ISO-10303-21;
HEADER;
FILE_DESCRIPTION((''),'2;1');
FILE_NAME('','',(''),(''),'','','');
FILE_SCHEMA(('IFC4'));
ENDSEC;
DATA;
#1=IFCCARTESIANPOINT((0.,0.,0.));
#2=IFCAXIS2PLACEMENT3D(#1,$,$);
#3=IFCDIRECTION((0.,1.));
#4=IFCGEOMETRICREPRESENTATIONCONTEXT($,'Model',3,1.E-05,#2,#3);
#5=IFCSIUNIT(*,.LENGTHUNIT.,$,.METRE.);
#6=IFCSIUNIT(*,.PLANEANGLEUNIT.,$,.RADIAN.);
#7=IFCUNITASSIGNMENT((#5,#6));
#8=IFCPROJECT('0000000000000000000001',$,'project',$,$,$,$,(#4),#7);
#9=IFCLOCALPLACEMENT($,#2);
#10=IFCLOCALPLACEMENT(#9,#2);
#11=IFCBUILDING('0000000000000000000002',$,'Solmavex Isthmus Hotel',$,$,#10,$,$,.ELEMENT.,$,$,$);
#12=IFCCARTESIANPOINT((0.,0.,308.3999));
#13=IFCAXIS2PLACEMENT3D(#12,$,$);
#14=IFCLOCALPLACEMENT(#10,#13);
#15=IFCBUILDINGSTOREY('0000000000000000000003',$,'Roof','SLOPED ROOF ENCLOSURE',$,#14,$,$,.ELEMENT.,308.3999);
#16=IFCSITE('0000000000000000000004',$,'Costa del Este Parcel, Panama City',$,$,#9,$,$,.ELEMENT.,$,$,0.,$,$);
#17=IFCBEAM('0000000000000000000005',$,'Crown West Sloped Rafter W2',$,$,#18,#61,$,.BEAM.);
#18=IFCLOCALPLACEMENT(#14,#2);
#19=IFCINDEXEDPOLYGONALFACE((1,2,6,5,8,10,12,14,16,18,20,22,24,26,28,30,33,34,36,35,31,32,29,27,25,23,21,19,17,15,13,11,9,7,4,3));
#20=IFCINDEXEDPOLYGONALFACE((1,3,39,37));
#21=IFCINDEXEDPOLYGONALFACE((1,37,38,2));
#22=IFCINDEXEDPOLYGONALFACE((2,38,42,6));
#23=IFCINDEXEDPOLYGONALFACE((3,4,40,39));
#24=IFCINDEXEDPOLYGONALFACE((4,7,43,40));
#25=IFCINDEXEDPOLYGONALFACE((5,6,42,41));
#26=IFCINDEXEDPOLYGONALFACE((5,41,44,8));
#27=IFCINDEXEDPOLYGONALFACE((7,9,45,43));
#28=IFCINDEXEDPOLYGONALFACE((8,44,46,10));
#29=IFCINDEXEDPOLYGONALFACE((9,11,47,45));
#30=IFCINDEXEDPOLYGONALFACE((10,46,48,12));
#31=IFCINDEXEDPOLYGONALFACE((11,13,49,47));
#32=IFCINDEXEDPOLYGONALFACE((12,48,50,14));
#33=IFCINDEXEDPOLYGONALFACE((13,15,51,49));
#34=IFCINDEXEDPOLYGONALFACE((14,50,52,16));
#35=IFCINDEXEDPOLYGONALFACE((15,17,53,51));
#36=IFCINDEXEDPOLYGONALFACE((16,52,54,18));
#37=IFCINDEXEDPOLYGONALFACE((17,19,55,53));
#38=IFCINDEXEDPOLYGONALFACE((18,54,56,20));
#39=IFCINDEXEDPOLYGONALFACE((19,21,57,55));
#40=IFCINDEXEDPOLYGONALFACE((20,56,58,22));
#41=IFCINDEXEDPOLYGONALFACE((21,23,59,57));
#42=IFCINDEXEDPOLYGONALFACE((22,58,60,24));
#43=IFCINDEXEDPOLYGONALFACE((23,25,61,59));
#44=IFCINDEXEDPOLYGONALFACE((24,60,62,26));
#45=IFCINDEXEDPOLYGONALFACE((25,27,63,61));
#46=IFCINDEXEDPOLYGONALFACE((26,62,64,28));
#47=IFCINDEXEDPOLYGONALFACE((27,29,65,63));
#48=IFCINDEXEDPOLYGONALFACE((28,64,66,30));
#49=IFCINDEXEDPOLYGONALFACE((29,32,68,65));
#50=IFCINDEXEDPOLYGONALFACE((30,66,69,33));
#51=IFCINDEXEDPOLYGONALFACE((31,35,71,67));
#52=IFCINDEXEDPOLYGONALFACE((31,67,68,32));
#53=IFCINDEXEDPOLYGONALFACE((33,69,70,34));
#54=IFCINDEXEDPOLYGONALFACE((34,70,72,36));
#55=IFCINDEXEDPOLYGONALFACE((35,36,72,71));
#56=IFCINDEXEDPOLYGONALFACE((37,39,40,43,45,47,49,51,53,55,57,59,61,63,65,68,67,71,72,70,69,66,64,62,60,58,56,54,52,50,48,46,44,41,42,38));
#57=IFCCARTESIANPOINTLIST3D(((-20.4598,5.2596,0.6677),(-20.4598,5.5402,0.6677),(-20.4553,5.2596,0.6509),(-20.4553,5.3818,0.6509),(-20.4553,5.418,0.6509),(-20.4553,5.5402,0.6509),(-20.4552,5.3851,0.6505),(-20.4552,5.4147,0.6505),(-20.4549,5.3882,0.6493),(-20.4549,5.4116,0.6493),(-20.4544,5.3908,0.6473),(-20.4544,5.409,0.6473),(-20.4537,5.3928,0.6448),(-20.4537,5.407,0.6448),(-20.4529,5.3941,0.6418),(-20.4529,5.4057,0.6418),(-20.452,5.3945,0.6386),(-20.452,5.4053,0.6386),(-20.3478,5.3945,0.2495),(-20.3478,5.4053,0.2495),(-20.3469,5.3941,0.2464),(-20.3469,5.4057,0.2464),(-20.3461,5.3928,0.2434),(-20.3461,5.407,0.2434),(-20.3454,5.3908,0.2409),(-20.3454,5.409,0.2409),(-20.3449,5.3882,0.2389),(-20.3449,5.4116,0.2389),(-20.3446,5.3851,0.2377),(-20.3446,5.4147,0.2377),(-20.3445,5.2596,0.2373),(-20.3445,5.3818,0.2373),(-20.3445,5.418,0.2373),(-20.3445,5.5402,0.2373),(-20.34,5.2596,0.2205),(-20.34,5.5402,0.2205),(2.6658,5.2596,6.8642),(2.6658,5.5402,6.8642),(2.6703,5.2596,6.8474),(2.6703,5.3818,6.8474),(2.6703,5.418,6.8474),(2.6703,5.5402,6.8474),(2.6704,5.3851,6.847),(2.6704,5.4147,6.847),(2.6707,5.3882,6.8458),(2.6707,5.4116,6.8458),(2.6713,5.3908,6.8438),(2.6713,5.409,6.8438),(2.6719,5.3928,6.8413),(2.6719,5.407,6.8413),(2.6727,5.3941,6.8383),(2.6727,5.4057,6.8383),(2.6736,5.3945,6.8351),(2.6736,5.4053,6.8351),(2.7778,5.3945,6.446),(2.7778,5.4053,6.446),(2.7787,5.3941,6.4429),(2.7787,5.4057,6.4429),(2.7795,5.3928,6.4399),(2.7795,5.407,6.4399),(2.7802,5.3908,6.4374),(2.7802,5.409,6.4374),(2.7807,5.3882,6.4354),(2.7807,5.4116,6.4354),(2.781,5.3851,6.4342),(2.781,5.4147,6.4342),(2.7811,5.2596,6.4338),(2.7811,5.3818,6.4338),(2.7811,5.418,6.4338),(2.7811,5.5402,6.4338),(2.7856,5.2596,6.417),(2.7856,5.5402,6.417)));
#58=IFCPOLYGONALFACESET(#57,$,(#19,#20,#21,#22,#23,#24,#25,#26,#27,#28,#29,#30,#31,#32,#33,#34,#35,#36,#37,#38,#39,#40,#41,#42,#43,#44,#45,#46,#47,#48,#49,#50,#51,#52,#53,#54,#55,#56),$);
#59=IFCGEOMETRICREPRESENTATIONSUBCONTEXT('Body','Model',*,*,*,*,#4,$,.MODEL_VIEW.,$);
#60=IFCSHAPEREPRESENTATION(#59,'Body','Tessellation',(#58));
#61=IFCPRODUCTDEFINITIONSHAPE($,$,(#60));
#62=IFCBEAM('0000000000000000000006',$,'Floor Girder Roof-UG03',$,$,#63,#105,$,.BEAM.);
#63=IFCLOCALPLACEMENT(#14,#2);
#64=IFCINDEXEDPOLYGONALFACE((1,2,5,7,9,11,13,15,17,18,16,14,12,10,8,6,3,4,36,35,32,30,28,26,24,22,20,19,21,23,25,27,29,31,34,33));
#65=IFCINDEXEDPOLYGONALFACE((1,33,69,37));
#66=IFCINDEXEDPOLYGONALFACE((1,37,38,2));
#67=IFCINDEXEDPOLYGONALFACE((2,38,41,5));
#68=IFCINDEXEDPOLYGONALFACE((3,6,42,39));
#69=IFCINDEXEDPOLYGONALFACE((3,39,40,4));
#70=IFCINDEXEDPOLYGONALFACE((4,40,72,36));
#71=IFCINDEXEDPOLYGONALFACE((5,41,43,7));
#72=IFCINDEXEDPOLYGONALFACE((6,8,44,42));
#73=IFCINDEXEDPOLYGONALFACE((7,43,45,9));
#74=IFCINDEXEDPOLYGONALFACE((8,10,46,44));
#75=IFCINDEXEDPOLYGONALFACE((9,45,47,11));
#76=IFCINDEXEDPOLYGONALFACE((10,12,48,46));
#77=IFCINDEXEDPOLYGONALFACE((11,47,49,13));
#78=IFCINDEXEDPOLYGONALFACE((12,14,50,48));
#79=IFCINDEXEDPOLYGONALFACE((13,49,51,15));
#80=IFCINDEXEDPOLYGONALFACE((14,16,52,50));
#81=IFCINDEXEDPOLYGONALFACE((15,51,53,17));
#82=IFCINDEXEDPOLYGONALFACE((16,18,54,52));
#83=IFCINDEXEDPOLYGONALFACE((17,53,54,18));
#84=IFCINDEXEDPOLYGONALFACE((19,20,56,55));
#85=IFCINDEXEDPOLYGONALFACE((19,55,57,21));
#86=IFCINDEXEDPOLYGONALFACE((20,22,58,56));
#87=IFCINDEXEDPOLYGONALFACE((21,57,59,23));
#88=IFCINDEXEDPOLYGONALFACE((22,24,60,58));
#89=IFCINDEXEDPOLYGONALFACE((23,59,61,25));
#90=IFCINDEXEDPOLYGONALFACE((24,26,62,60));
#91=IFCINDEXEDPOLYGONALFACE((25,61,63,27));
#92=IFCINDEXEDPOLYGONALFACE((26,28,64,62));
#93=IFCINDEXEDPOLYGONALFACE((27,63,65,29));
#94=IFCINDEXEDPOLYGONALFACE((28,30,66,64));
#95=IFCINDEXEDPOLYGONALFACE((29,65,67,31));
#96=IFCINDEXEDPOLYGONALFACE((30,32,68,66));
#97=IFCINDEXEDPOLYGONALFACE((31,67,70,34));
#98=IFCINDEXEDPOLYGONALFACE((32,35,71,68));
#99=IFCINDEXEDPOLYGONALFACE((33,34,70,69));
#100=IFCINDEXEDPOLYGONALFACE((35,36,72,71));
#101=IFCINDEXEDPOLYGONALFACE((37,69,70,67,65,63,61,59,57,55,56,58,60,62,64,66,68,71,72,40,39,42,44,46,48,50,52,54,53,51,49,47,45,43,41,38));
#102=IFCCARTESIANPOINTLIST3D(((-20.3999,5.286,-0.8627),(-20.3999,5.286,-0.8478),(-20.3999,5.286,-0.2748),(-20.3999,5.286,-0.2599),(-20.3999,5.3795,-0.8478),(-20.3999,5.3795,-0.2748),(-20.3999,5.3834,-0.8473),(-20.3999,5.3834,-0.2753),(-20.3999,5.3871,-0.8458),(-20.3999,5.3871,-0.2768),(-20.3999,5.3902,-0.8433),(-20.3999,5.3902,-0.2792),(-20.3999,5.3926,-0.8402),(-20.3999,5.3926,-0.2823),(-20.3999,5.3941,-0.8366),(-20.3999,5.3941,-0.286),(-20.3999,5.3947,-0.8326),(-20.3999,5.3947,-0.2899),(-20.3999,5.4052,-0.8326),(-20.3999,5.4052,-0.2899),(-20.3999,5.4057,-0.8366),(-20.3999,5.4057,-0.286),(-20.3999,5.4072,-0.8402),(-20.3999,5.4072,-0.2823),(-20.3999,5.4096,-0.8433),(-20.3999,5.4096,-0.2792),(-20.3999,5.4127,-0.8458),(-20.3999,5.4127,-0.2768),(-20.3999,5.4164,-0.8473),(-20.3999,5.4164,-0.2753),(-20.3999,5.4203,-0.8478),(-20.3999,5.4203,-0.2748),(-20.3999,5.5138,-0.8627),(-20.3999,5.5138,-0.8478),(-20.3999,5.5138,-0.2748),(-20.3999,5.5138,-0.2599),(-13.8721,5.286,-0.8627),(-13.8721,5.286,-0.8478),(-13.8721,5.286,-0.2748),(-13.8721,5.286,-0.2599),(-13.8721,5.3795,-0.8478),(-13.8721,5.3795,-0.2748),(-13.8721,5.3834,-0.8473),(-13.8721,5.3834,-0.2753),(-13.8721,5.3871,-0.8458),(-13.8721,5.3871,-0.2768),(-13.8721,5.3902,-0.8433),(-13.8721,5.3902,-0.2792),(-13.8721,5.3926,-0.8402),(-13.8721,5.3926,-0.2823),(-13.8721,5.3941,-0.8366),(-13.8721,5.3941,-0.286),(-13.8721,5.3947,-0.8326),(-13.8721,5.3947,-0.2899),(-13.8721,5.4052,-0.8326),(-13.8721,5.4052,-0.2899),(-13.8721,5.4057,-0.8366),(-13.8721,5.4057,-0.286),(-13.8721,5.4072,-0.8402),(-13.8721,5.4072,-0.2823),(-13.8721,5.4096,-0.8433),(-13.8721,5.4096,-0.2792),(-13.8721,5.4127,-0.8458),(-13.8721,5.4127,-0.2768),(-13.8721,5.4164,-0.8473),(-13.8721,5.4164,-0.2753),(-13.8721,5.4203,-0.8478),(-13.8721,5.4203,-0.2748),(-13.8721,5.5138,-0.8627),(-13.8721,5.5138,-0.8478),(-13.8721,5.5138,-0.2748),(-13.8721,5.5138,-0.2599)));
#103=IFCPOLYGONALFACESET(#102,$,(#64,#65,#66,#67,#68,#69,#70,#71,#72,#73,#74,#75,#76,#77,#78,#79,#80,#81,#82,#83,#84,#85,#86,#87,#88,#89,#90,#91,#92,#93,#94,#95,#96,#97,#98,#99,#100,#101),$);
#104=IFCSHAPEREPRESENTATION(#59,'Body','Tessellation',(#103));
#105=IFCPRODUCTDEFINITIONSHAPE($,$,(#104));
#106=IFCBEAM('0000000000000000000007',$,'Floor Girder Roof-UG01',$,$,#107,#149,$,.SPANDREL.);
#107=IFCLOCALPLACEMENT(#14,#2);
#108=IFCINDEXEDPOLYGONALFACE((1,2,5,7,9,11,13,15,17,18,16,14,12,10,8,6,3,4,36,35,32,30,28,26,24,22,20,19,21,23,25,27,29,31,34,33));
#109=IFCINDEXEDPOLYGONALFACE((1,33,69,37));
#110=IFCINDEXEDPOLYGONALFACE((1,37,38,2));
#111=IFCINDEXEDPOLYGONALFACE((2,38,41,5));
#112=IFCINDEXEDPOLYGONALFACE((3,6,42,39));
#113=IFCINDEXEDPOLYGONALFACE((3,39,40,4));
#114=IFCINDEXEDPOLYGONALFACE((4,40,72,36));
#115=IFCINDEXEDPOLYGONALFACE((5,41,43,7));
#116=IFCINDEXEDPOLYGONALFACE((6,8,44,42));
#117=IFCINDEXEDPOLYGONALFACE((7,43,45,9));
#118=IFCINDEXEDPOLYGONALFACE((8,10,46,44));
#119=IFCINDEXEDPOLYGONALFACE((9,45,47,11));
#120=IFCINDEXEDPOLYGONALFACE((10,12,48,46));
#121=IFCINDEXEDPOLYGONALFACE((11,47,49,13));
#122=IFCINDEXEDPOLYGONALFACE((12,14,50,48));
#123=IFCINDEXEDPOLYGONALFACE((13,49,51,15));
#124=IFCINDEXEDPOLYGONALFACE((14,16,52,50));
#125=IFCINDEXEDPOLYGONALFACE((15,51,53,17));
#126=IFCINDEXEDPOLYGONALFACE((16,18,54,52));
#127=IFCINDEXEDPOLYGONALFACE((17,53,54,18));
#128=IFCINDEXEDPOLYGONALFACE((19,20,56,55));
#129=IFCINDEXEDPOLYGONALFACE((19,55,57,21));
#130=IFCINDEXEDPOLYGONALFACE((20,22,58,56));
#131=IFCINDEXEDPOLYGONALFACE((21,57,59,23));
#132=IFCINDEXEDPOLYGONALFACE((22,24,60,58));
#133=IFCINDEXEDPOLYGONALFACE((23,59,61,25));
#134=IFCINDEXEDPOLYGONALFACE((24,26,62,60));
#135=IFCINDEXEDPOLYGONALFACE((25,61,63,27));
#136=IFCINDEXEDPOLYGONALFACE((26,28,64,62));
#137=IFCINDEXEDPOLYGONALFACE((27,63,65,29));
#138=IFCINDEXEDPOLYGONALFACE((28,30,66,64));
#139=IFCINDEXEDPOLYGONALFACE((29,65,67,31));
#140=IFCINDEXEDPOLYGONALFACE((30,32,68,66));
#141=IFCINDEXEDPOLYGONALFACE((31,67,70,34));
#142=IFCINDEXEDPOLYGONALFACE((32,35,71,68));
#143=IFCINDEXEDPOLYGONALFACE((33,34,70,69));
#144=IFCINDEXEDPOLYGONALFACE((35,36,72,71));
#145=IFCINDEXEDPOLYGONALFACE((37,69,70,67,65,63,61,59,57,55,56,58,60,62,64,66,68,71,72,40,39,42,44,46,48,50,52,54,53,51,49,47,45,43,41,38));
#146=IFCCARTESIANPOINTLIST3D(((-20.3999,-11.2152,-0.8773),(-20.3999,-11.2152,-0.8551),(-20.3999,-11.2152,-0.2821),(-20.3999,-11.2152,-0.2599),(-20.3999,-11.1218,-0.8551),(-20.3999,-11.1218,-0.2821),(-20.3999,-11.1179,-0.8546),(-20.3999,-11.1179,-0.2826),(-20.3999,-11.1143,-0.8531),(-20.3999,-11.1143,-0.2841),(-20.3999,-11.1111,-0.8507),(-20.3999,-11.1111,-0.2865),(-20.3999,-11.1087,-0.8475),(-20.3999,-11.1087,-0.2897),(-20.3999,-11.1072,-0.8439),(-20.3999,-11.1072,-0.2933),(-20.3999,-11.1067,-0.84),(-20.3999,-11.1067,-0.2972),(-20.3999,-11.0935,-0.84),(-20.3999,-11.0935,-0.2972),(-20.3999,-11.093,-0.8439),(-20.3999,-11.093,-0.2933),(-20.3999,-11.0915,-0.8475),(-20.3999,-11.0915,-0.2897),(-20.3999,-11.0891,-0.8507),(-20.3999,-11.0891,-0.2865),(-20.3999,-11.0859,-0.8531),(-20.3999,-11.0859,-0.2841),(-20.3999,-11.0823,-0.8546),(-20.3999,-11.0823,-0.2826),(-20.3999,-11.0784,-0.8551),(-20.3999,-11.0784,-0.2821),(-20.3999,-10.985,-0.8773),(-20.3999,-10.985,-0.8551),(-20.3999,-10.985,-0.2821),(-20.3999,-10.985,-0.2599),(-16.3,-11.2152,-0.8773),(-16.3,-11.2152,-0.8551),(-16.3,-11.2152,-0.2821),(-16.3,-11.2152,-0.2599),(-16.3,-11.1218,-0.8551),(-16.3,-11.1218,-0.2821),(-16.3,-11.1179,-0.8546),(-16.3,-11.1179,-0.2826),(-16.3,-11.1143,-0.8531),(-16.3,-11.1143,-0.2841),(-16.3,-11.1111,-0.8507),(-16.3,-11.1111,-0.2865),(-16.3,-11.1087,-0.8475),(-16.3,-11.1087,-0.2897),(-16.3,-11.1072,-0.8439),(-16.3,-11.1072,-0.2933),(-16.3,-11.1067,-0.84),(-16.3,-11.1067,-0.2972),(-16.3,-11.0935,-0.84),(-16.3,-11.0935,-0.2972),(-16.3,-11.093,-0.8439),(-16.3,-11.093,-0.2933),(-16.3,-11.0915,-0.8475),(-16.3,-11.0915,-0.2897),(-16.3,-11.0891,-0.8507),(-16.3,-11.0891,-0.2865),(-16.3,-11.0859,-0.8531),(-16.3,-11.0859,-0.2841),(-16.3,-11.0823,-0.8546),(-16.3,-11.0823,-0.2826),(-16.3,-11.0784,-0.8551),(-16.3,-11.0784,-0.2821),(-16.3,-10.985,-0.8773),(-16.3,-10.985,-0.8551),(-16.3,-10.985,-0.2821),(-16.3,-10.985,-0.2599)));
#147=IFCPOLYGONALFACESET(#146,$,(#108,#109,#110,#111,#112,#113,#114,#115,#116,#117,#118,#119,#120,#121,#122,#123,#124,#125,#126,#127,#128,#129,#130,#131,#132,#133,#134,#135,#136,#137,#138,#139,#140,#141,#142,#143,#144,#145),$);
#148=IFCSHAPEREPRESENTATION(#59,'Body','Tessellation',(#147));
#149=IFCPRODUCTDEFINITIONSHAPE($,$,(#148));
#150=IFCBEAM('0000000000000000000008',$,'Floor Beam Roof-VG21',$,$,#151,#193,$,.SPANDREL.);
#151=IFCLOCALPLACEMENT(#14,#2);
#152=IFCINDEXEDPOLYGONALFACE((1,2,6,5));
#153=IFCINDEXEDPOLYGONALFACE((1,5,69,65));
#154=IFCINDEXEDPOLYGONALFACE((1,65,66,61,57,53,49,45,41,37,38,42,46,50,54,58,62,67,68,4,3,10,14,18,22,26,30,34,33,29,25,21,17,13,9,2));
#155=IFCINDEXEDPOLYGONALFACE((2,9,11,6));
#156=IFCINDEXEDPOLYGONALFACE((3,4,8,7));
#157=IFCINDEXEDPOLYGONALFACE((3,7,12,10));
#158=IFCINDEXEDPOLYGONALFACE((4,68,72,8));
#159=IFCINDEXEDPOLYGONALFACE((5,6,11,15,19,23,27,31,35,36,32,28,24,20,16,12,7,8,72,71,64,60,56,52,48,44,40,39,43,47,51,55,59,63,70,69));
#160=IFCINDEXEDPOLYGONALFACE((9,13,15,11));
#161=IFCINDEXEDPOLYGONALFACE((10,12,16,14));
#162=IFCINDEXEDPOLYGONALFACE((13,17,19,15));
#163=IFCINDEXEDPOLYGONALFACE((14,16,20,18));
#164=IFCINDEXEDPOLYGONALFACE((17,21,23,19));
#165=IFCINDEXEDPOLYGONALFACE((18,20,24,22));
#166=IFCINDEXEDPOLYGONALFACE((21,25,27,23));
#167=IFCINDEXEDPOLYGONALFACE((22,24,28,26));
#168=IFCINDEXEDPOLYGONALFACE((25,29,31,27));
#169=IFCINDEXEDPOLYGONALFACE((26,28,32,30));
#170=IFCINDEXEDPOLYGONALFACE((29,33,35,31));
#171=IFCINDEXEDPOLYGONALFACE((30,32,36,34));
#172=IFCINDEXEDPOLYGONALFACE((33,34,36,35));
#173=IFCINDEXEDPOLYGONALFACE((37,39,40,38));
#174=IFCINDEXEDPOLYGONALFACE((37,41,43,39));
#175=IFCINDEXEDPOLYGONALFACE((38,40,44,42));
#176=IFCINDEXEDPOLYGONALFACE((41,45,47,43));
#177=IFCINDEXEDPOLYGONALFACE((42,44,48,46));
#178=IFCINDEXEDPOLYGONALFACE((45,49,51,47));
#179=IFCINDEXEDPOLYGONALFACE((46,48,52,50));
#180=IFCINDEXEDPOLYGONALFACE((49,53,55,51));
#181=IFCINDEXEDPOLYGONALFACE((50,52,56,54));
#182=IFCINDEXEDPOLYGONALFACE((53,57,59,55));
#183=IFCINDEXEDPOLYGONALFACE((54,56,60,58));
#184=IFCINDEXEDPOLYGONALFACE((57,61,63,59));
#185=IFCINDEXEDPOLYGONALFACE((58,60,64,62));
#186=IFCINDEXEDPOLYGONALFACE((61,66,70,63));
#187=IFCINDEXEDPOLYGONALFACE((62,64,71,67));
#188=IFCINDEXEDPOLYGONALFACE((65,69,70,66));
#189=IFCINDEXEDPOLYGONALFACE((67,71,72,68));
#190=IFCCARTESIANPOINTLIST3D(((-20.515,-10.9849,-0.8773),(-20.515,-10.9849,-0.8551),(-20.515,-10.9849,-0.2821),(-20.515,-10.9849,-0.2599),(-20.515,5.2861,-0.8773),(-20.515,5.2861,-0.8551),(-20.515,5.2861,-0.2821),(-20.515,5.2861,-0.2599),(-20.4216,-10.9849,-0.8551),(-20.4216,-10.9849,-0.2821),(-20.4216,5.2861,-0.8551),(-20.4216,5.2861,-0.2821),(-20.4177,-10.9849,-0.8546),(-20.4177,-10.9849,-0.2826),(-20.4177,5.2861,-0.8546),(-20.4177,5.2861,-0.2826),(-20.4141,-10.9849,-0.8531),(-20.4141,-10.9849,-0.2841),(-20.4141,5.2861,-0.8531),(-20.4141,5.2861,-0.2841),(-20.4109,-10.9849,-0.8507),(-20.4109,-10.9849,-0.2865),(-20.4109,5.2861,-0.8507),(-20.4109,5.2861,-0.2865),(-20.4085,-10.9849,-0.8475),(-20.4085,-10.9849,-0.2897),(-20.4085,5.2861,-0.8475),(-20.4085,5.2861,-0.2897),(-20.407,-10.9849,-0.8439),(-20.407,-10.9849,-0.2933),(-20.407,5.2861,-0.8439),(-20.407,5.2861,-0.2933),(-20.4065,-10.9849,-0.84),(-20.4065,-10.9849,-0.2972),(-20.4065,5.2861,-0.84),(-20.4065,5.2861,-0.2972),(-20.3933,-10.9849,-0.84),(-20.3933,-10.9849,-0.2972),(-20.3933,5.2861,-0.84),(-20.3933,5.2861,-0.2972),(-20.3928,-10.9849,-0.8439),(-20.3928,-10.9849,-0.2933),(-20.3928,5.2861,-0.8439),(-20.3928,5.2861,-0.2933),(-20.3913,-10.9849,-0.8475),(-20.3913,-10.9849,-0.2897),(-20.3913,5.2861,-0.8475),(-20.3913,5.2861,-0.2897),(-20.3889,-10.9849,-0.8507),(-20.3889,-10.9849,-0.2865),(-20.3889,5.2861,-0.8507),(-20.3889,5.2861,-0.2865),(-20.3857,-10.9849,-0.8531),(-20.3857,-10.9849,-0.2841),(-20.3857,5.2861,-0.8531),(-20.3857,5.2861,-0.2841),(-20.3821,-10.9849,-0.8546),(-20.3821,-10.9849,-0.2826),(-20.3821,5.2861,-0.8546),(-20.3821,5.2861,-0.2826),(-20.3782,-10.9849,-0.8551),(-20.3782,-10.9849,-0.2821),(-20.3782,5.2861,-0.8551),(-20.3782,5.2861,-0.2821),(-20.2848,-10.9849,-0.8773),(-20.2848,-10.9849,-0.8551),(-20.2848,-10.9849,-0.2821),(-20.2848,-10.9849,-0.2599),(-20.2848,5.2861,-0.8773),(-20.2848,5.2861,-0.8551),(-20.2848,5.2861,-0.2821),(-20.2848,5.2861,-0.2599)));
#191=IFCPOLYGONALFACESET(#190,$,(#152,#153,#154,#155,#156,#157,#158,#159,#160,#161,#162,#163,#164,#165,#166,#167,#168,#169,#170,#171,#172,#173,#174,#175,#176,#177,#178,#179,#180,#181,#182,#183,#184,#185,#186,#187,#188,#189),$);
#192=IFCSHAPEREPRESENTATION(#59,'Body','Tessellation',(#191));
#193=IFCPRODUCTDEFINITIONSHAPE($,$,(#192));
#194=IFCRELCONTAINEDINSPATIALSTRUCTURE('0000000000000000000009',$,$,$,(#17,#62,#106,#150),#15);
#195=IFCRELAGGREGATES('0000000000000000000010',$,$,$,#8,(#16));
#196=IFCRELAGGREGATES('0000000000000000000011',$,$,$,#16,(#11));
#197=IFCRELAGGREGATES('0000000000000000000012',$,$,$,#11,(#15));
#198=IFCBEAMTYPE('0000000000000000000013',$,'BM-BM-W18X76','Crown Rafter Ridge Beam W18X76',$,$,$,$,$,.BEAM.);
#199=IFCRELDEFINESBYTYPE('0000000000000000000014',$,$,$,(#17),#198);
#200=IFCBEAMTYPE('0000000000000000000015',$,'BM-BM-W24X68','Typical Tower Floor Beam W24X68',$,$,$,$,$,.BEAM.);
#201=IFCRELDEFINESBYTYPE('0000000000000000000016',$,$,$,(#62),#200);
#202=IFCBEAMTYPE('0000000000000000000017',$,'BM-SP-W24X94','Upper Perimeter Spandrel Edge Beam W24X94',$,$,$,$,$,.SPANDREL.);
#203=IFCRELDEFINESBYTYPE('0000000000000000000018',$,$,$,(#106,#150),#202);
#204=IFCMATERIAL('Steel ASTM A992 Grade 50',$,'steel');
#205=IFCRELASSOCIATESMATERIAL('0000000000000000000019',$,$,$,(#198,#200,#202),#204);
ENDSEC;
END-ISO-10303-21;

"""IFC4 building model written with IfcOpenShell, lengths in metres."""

from ifc_helpers import new_model, si_unit, direction, frame, origin, origin_2d, place, context, subcontext, project, spatial, i_section, extrude, material, material_profile, profile_set, type_object, element, save


model = new_model("IFC4")

# Units and contexts
model_context = context("Model", 3, precision=1e-05, world=origin(), true_north=direction((0.0, 1.0)))
body_context = subcontext(model_context, "Body", "Model", "MODEL_VIEW")
ifc_project = project(units=[si_unit("LENGTHUNIT", "METRE"), si_unit("PLANEANGLEUNIT", "RADIAN")], contexts=[model_context])

# Site, building, storey
site_placement = place(None, origin())
site = spatial("IfcSite", under=ifc_project, at=site_placement, Name="Costa del Este Parcel, Panama City", CompositionType="ELEMENT", RefElevation=0.0)
building_placement = place(site_placement, origin())
building = spatial("IfcBuilding", under=site, at=building_placement, Name="Solmavex Isthmus Hotel", CompositionType="ELEMENT")
storey_placement = place(building_placement, frame((0.0, 0.0, 308.3999)))
storey = spatial("IfcBuildingStorey", under=building, at=storey_placement, Name="Roof", Description="SLOPED ROOF ENCLOSURE", CompositionType="ELEMENT", Elevation=308.3999)

# Beams
ifc_material_1 = material(Name="Steel ASTM A992 Grade 50", Category="steel")
ifc_material_profile_1 = material_profile(ifc_material_1, i_section(OverallWidth=0.2805, OverallDepth=0.4629, WebThickness=0.0107, FlangeThickness=0.0173, FilletRadius=0.0127, at=origin_2d()), Name="W18X76")
ifc_profile_set_1 = profile_set([ifc_material_profile_1], Name="Steel ASTM A992 Grade 50")
beam_type_1 = type_object("IfcBeamType", Name="BM-BM-W18X76", Description="Crown Rafter Ridge Beam W18X76", PredefinedType="BEAM", material=ifc_profile_set_1)
for number, where, z_axis, x_axis, name in (
    (1, (-20.3999, 5.3999, 0.4441), (0.965926, 0.0, 0.25882), (0.0, 1.0, 0.0), "Crown West Sloped Rafter W2"),
):
    element("IfcBeam", number, at=place(storey_placement, frame(where, z_axis=z_axis, x_axis=x_axis)), inside=storey, type_object=beam_type_1, Name=name, PredefinedType="BEAM", context=body_context, shape_type="SweptSolid", body=[
        extrude(i_section(OverallWidth=0.2805, OverallDepth=0.4629, WebThickness=0.0107, FlangeThickness=0.0173, FilletRadius=0.0127, at=origin_2d()), origin(), (0.0, 0.0, 1.0), 23.9414),
    ])
ifc_material_profile_2 = material_profile(ifc_material_1, i_section(OverallWidth=0.2278, OverallDepth=0.6028, WebThickness=0.0105, FlangeThickness=0.0149, FilletRadius=0.0151, at=origin_2d()), Name="W24X68")
ifc_profile_set_2 = profile_set([ifc_material_profile_2], Name="Steel ASTM A992 Grade 50")
beam_type_2 = type_object("IfcBeamType", Name="BM-BM-W24X68", Description="Typical Tower Floor Beam W24X68", PredefinedType="BEAM", material=ifc_profile_set_2)
beam_1_placement = place(storey_placement, frame((-20.3999, 5.3999, -0.5613), z_axis=(1.0, 0.0, 0.0), x_axis=(0.0, 1.0, 0.0)))
element("IfcBeam", 2, at=beam_1_placement, inside=storey, type_object=beam_type_2, Name="Floor Girder Roof-UG03", PredefinedType="BEAM", context=body_context, shape_type="SweptSolid", body=[
    extrude(i_section(OverallWidth=0.2278, OverallDepth=0.6028, WebThickness=0.0105, FlangeThickness=0.0149, FilletRadius=0.0151, at=origin_2d()), origin(), (0.0, 0.0, 1.0), 6.5278),
])
ifc_material_profile_3 = material_profile(ifc_material_1, i_section(OverallWidth=0.2302, OverallDepth=0.6174, WebThickness=0.0132, FlangeThickness=0.0222, FilletRadius=0.0151, at=origin_2d()), Name="W24X94")
ifc_profile_set_3 = profile_set([ifc_material_profile_3], Name="Steel ASTM A992 Grade 50")
beam_type_3 = type_object("IfcBeamType", Name="BM-SP-W24X94", Description="Upper Perimeter Spandrel Edge Beam W24X94", PredefinedType="SPANDREL", material=ifc_profile_set_3)
beam_2_placement = place(storey_placement, frame((-20.3999, -11.1001, -0.5686), z_axis=(1.0, 0.0, 0.0), x_axis=(0.0, 1.0, 0.0)))
element("IfcBeam", 3, at=beam_2_placement, inside=storey, type_object=beam_type_3, Name="Floor Girder Roof-UG01", PredefinedType="SPANDREL", context=body_context, shape_type="SweptSolid", body=[
    extrude(i_section(OverallWidth=0.2302, OverallDepth=0.6174, WebThickness=0.0132, FlangeThickness=0.0222, FilletRadius=0.0151, at=origin_2d()), origin(), (0.0, 0.0, 1.0), 4.0999),
])
beam_3_placement = place(storey_placement, frame((-20.3999, -10.9849, -0.5686), z_axis=(0.0, 1.0, 0.0), x_axis=(-1.0, 0.0, 0.0)))
element("IfcBeam", 4, at=beam_3_placement, inside=storey, type_object=beam_type_3, Name="Floor Beam Roof-VG21", PredefinedType="SPANDREL", context=body_context, shape_type="SweptSolid", body=[
    extrude(i_section(OverallWidth=0.2302, OverallDepth=0.6174, WebThickness=0.0132, FlangeThickness=0.0222, FilletRadius=0.0151, at=origin_2d()), origin(), (0.0, 0.0, 1.0), 16.271),
])

save(model, "model.ifc")
